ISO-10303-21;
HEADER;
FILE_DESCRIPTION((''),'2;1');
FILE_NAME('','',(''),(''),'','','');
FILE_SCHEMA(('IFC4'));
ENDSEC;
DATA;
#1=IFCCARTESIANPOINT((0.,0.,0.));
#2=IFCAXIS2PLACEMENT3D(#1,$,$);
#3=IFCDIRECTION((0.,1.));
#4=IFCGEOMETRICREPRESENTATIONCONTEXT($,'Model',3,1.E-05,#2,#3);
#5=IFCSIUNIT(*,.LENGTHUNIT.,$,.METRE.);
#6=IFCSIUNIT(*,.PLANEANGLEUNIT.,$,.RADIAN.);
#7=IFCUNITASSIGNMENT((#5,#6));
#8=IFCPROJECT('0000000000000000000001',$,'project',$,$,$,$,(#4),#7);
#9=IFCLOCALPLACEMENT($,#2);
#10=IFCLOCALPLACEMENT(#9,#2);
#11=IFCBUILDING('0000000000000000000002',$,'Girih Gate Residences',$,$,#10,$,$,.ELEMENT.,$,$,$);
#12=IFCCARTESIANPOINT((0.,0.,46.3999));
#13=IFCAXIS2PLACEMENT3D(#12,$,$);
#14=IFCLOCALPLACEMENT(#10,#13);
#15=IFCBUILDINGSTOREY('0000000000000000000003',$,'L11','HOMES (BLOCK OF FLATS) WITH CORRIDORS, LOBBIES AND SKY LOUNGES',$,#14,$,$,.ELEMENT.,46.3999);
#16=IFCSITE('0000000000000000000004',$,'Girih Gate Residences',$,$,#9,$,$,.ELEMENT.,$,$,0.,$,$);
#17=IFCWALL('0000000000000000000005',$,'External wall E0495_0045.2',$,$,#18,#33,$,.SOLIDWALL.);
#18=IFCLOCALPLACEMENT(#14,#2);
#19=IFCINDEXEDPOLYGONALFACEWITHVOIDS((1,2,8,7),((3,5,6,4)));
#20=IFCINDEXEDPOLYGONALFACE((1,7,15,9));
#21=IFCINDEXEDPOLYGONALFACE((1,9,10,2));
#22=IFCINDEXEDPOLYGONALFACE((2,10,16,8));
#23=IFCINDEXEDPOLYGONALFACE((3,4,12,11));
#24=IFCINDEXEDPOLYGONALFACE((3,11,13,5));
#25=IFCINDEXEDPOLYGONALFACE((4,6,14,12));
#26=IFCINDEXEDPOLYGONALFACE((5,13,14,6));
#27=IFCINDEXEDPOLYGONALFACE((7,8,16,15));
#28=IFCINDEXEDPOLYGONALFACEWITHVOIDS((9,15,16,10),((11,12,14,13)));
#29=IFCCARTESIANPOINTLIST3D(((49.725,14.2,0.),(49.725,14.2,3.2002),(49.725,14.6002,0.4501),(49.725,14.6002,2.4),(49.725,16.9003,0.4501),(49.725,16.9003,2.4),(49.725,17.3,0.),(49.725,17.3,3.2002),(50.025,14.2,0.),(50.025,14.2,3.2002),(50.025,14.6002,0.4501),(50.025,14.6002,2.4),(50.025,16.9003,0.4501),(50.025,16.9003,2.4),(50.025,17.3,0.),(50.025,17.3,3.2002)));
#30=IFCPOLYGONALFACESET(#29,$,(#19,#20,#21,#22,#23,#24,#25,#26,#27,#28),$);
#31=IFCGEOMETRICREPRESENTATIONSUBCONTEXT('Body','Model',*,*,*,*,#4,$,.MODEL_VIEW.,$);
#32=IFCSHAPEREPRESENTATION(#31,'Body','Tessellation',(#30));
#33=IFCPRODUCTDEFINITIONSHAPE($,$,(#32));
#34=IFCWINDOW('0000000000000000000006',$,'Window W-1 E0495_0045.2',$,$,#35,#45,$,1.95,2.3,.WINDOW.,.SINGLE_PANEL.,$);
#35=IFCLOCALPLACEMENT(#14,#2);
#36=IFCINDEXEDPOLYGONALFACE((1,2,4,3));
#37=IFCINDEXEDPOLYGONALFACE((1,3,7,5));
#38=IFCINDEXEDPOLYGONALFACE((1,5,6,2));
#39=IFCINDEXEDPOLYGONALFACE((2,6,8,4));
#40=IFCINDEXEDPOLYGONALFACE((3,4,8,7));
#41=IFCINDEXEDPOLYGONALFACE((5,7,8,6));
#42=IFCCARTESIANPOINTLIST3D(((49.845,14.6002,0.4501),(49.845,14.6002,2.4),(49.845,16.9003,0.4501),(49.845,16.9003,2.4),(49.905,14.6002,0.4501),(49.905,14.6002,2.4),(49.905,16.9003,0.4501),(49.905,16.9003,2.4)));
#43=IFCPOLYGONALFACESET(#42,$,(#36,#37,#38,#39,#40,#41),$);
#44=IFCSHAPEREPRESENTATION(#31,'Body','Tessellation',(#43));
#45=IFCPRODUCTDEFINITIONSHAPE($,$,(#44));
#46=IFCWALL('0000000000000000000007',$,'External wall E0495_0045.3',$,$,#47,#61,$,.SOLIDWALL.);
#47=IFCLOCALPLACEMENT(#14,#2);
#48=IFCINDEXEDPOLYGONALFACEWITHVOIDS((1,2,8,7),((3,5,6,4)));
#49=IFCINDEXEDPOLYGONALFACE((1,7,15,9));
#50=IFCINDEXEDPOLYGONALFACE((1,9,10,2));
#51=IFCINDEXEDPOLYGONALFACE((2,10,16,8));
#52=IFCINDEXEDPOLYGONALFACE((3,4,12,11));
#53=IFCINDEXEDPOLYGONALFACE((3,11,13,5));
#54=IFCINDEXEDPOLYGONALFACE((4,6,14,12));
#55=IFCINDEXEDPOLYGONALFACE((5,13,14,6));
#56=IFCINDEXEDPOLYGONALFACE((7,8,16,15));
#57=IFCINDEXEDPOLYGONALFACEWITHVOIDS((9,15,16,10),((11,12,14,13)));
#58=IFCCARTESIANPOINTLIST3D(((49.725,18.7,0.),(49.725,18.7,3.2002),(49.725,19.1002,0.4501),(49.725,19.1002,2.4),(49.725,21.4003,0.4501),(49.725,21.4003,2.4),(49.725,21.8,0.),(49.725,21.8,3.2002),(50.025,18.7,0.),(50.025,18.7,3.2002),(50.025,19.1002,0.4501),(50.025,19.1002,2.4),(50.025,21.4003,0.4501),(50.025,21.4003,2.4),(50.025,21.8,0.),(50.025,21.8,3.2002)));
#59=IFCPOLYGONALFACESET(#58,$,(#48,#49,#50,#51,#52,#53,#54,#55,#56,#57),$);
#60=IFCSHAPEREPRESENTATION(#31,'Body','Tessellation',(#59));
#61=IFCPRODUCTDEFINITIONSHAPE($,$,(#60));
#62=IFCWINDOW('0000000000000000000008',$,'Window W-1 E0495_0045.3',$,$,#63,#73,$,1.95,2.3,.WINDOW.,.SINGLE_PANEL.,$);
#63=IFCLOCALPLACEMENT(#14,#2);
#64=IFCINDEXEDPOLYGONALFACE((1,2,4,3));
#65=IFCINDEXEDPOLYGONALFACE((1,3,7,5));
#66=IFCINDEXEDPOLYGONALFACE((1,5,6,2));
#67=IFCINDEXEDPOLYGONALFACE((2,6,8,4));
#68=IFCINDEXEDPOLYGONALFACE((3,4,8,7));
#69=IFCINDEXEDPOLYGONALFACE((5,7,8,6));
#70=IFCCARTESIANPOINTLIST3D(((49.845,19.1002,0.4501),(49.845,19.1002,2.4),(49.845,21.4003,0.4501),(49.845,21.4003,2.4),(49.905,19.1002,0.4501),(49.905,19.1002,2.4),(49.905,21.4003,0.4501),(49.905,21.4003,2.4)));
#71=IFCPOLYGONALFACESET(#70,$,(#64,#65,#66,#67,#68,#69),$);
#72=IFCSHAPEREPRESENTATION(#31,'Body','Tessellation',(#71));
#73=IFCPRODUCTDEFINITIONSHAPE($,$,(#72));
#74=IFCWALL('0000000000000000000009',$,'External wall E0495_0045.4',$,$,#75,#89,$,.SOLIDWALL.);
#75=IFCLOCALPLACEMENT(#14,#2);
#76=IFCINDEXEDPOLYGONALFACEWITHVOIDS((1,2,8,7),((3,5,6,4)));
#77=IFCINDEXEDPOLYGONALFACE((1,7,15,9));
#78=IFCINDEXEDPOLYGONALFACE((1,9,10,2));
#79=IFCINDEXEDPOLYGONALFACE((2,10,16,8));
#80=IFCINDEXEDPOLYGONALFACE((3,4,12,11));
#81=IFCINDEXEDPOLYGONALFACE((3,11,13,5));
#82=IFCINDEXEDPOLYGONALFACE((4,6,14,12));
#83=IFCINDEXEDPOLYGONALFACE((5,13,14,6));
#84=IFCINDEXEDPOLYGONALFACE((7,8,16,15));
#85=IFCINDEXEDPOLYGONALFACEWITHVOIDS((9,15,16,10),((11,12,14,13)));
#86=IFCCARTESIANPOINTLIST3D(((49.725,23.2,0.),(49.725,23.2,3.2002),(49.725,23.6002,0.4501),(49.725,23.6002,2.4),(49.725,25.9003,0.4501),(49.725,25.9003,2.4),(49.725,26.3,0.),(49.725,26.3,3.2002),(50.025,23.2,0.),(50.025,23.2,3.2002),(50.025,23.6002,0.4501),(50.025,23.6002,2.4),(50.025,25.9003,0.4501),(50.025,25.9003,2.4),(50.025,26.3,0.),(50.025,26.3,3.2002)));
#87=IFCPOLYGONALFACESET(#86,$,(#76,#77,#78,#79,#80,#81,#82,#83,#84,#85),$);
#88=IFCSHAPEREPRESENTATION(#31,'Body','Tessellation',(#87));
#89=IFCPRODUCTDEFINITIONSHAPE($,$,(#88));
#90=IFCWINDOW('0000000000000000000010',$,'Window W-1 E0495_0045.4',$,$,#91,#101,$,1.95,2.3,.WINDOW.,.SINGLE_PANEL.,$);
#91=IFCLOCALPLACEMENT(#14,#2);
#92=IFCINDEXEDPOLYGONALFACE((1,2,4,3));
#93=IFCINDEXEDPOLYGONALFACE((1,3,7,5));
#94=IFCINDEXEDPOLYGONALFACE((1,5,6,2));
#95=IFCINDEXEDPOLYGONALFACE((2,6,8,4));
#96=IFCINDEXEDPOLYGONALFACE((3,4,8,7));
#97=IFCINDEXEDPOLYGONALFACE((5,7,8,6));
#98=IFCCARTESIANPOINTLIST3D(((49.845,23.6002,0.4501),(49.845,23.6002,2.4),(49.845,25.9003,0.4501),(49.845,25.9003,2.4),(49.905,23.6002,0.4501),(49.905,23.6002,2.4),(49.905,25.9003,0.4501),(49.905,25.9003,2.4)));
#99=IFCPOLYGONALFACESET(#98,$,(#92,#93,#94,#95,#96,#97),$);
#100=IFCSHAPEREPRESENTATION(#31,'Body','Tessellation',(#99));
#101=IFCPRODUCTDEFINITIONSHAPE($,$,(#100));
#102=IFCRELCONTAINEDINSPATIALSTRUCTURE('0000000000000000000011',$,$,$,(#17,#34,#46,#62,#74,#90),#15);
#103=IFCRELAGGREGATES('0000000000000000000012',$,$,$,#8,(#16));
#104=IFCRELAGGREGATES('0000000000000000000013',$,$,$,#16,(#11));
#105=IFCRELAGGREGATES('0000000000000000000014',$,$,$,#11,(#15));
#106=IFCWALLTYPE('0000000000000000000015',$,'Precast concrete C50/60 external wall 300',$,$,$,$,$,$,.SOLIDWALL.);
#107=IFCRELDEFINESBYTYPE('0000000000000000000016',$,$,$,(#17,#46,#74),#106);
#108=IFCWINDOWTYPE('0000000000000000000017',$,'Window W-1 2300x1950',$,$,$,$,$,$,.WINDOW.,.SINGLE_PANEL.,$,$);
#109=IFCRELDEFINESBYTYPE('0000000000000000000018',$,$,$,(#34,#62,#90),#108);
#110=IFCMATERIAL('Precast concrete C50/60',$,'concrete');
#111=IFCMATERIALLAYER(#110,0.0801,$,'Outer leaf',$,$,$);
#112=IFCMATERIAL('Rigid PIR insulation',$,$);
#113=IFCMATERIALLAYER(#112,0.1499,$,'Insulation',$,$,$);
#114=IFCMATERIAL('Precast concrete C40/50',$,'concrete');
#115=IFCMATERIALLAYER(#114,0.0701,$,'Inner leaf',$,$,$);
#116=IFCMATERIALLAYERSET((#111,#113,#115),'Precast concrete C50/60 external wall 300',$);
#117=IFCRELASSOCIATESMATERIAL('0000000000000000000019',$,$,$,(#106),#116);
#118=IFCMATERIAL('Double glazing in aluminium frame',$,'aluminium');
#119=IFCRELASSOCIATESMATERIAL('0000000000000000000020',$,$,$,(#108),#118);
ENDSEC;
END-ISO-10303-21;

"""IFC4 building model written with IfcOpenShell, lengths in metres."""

from ifc_helpers import new_model, si_unit, direction, frame, frame_2d, origin, place, context, subcontext, project, spatial, rectangle, extrude, material, layer, layer_set, type_object, element, fill, save


model = new_model("IFC4")

# Units and contexts
model_context = context("Model", 3, precision=1e-05, world=origin(), true_north=direction((0.0, 1.0)))
body_context = subcontext(model_context, "Body", "Model", "MODEL_VIEW")
ifc_project = project(units=[si_unit("LENGTHUNIT", "METRE"), si_unit("PLANEANGLEUNIT", "RADIAN")], contexts=[model_context])

# Site, building, storey
site_placement = place(None, origin())
site = spatial("IfcSite", under=ifc_project, at=site_placement, Name="Girih Gate Residences", CompositionType="ELEMENT", RefElevation=0.0)
building_placement = place(site_placement, origin())
building = spatial("IfcBuilding", under=site, at=building_placement, Name="Girih Gate Residences", CompositionType="ELEMENT")
storey_placement = place(building_placement, frame((0.0, 0.0, 46.3999)))
storey = spatial("IfcBuildingStorey", under=building, at=storey_placement, Name="L11", Description="HOMES (BLOCK OF FLATS) WITH CORRIDORS, LOBBIES AND SKY LOUNGES", CompositionType="ELEMENT", Elevation=46.3999)

# Walls, openings, windows
ifc_material_1 = material(Name="Precast concrete C50/60", Category="concrete")
ifc_layer_1 = layer(ifc_material_1, 0.0801, Name="Outer leaf")
ifc_material_2 = material(Name="Rigid PIR insulation")
ifc_layer_2 = layer(ifc_material_2, 0.1499, Name="Insulation")
ifc_material_3 = material(Name="Precast concrete C40/50", Category="concrete")
ifc_layer_3 = layer(ifc_material_3, 0.0701, Name="Inner leaf")
ifc_layer_set_1 = layer_set([ifc_layer_1, ifc_layer_2, ifc_layer_3], Name="Precast concrete C50/60 external wall 300")
wall_type_1 = type_object("IfcWallType", Name="Precast concrete C50/60 external wall 300", PredefinedType="SOLIDWALL", material=ifc_layer_set_1)
wall_1_placement = place(storey_placement, frame((49.875, 17.3, 0.0), z_axis=(0.0, 0.0, 1.0), x_axis=(0.0, -1.0, 0.0)))
wall_1 = element("IfcWall", 1, at=wall_1_placement, inside=storey, type_object=wall_type_1, Name="External wall E0495_0045.2", PredefinedType="SOLIDWALL", context=body_context, shape_type="SweptSolid", body=[
    extrude(rectangle(XDim=3.1001, YDim=0.3, at=frame_2d((1.55, 0.0))), origin(), (0.0, 0.0, 1.0), 3.2002),
])
opening_1_placement = place(wall_1_placement, frame((0.3999, 0.0, 0.45)))
opening_1 = element("IfcOpeningElement", 2, at=opening_1_placement, cuts=wall_1, PredefinedType="OPENING", context=body_context, shape_type="SweptSolid", body=[
    extrude(rectangle(XDim=2.3, YDim=1.95, at=frame_2d((1.1499, 0.9751))), frame((0.0, 0.1599, 0.0), z_axis=(0.0, -1.0, 0.0), x_axis=(1.0, 0.0, 0.0)), (0.0, 0.0, 1.0), 0.3201),
])
ifc_material_4 = material(Name="Double glazing in aluminium frame", Category="aluminium")
window_type = type_object("IfcWindowType", Name="Window W-1 2300x1950", PartitioningType="SINGLE_PANEL", PredefinedType="WINDOW", material=ifc_material_4)
window_1_placement = place(opening_1_placement, origin())
window_1 = element("IfcWindow", 3, at=window_1_placement, inside=storey, type_object=window_type, Name="Window W-1 E0495_0045.2", OverallHeight=1.95, OverallWidth=2.3, PartitioningType="SINGLE_PANEL", PredefinedType="WINDOW", context=body_context, shape_type="SweptSolid", body=[
    extrude(rectangle(XDim=2.3, YDim=1.95, at=frame_2d((1.1499, 0.9751))), frame((0.0, 0.03, 0.0), z_axis=(0.0, -1.0, 0.0), x_axis=(1.0, 0.0, 0.0)), (0.0, 0.0, 1.0), 0.0601),
])
fill(opening_1, window_1)
wall_2_placement = place(storey_placement, frame((49.875, 21.8, 0.0), z_axis=(0.0, 0.0, 1.0), x_axis=(0.0, -1.0, 0.0)))
wall_2 = element("IfcWall", 4, at=wall_2_placement, inside=storey, type_object=wall_type_1, Name="External wall E0495_0045.3", PredefinedType="SOLIDWALL", context=body_context, shape_type="SweptSolid", body=[
    extrude(rectangle(XDim=3.1001, YDim=0.3, at=frame_2d((1.55, 0.0))), origin(), (0.0, 0.0, 1.0), 3.2002),
])
opening_2_placement = place(wall_2_placement, frame((0.3999, 0.0, 0.45)))
opening_2 = element("IfcOpeningElement", 5, at=opening_2_placement, cuts=wall_2, PredefinedType="OPENING", context=body_context, shape_type="SweptSolid", body=[
    extrude(rectangle(XDim=2.3, YDim=1.95, at=frame_2d((1.1499, 0.9751))), frame((0.0, 0.1599, 0.0), z_axis=(0.0, -1.0, 0.0), x_axis=(1.0, 0.0, 0.0)), (0.0, 0.0, 1.0), 0.3201),
])
window_2_placement = place(opening_2_placement, origin())
window_2 = element("IfcWindow", 6, at=window_2_placement, inside=storey, type_object=window_type, Name="Window W-1 E0495_0045.3", OverallHeight=1.95, OverallWidth=2.3, PartitioningType="SINGLE_PANEL", PredefinedType="WINDOW", context=body_context, shape_type="SweptSolid", body=[
    extrude(rectangle(XDim=2.3, YDim=1.95, at=frame_2d((1.1499, 0.9751))), frame((0.0, 0.03, 0.0), z_axis=(0.0, -1.0, 0.0), x_axis=(1.0, 0.0, 0.0)), (0.0, 0.0, 1.0), 0.0601),
])
fill(opening_2, window_2)
wall_3_placement = place(storey_placement, frame((49.875, 26.3, 0.0), z_axis=(0.0, 0.0, 1.0), x_axis=(0.0, -1.0, 0.0)))
wall_3 = element("IfcWall", 7, at=wall_3_placement, inside=storey, type_object=wall_type_1, Name="External wall E0495_0045.4", PredefinedType="SOLIDWALL", context=body_context, shape_type="SweptSolid", body=[
    extrude(rectangle(XDim=3.1001, YDim=0.3, at=frame_2d((1.55, 0.0))), origin(), (0.0, 0.0, 1.0), 3.2002),
])
opening_3_placement = place(wall_3_placement, frame((0.3999, 0.0, 0.45)))
opening_3 = element("IfcOpeningElement", 8, at=opening_3_placement, cuts=wall_3, PredefinedType="OPENING", context=body_context, shape_type="SweptSolid", body=[
    extrude(rectangle(XDim=2.3, YDim=1.95, at=frame_2d((1.1499, 0.9751))), frame((0.0, 0.1599, 0.0), z_axis=(0.0, -1.0, 0.0), x_axis=(1.0, 0.0, 0.0)), (0.0, 0.0, 1.0), 0.3201),
])
window_3_placement = place(opening_3_placement, origin())
window_3 = element("IfcWindow", 9, at=window_3_placement, inside=storey, type_object=window_type, Name="Window W-1 E0495_0045.4", OverallHeight=1.95, OverallWidth=2.3, PartitioningType="SINGLE_PANEL", PredefinedType="WINDOW", context=body_context, shape_type="SweptSolid", body=[
    extrude(rectangle(XDim=2.3, YDim=1.95, at=frame_2d((1.1499, 0.9751))), frame((0.0, 0.03, 0.0), z_axis=(0.0, -1.0, 0.0), x_axis=(1.0, 0.0, 0.0)), (0.0, 0.0, 1.0), 0.0601),
])
fill(opening_3, window_3)

save(model, "model.ifc")
